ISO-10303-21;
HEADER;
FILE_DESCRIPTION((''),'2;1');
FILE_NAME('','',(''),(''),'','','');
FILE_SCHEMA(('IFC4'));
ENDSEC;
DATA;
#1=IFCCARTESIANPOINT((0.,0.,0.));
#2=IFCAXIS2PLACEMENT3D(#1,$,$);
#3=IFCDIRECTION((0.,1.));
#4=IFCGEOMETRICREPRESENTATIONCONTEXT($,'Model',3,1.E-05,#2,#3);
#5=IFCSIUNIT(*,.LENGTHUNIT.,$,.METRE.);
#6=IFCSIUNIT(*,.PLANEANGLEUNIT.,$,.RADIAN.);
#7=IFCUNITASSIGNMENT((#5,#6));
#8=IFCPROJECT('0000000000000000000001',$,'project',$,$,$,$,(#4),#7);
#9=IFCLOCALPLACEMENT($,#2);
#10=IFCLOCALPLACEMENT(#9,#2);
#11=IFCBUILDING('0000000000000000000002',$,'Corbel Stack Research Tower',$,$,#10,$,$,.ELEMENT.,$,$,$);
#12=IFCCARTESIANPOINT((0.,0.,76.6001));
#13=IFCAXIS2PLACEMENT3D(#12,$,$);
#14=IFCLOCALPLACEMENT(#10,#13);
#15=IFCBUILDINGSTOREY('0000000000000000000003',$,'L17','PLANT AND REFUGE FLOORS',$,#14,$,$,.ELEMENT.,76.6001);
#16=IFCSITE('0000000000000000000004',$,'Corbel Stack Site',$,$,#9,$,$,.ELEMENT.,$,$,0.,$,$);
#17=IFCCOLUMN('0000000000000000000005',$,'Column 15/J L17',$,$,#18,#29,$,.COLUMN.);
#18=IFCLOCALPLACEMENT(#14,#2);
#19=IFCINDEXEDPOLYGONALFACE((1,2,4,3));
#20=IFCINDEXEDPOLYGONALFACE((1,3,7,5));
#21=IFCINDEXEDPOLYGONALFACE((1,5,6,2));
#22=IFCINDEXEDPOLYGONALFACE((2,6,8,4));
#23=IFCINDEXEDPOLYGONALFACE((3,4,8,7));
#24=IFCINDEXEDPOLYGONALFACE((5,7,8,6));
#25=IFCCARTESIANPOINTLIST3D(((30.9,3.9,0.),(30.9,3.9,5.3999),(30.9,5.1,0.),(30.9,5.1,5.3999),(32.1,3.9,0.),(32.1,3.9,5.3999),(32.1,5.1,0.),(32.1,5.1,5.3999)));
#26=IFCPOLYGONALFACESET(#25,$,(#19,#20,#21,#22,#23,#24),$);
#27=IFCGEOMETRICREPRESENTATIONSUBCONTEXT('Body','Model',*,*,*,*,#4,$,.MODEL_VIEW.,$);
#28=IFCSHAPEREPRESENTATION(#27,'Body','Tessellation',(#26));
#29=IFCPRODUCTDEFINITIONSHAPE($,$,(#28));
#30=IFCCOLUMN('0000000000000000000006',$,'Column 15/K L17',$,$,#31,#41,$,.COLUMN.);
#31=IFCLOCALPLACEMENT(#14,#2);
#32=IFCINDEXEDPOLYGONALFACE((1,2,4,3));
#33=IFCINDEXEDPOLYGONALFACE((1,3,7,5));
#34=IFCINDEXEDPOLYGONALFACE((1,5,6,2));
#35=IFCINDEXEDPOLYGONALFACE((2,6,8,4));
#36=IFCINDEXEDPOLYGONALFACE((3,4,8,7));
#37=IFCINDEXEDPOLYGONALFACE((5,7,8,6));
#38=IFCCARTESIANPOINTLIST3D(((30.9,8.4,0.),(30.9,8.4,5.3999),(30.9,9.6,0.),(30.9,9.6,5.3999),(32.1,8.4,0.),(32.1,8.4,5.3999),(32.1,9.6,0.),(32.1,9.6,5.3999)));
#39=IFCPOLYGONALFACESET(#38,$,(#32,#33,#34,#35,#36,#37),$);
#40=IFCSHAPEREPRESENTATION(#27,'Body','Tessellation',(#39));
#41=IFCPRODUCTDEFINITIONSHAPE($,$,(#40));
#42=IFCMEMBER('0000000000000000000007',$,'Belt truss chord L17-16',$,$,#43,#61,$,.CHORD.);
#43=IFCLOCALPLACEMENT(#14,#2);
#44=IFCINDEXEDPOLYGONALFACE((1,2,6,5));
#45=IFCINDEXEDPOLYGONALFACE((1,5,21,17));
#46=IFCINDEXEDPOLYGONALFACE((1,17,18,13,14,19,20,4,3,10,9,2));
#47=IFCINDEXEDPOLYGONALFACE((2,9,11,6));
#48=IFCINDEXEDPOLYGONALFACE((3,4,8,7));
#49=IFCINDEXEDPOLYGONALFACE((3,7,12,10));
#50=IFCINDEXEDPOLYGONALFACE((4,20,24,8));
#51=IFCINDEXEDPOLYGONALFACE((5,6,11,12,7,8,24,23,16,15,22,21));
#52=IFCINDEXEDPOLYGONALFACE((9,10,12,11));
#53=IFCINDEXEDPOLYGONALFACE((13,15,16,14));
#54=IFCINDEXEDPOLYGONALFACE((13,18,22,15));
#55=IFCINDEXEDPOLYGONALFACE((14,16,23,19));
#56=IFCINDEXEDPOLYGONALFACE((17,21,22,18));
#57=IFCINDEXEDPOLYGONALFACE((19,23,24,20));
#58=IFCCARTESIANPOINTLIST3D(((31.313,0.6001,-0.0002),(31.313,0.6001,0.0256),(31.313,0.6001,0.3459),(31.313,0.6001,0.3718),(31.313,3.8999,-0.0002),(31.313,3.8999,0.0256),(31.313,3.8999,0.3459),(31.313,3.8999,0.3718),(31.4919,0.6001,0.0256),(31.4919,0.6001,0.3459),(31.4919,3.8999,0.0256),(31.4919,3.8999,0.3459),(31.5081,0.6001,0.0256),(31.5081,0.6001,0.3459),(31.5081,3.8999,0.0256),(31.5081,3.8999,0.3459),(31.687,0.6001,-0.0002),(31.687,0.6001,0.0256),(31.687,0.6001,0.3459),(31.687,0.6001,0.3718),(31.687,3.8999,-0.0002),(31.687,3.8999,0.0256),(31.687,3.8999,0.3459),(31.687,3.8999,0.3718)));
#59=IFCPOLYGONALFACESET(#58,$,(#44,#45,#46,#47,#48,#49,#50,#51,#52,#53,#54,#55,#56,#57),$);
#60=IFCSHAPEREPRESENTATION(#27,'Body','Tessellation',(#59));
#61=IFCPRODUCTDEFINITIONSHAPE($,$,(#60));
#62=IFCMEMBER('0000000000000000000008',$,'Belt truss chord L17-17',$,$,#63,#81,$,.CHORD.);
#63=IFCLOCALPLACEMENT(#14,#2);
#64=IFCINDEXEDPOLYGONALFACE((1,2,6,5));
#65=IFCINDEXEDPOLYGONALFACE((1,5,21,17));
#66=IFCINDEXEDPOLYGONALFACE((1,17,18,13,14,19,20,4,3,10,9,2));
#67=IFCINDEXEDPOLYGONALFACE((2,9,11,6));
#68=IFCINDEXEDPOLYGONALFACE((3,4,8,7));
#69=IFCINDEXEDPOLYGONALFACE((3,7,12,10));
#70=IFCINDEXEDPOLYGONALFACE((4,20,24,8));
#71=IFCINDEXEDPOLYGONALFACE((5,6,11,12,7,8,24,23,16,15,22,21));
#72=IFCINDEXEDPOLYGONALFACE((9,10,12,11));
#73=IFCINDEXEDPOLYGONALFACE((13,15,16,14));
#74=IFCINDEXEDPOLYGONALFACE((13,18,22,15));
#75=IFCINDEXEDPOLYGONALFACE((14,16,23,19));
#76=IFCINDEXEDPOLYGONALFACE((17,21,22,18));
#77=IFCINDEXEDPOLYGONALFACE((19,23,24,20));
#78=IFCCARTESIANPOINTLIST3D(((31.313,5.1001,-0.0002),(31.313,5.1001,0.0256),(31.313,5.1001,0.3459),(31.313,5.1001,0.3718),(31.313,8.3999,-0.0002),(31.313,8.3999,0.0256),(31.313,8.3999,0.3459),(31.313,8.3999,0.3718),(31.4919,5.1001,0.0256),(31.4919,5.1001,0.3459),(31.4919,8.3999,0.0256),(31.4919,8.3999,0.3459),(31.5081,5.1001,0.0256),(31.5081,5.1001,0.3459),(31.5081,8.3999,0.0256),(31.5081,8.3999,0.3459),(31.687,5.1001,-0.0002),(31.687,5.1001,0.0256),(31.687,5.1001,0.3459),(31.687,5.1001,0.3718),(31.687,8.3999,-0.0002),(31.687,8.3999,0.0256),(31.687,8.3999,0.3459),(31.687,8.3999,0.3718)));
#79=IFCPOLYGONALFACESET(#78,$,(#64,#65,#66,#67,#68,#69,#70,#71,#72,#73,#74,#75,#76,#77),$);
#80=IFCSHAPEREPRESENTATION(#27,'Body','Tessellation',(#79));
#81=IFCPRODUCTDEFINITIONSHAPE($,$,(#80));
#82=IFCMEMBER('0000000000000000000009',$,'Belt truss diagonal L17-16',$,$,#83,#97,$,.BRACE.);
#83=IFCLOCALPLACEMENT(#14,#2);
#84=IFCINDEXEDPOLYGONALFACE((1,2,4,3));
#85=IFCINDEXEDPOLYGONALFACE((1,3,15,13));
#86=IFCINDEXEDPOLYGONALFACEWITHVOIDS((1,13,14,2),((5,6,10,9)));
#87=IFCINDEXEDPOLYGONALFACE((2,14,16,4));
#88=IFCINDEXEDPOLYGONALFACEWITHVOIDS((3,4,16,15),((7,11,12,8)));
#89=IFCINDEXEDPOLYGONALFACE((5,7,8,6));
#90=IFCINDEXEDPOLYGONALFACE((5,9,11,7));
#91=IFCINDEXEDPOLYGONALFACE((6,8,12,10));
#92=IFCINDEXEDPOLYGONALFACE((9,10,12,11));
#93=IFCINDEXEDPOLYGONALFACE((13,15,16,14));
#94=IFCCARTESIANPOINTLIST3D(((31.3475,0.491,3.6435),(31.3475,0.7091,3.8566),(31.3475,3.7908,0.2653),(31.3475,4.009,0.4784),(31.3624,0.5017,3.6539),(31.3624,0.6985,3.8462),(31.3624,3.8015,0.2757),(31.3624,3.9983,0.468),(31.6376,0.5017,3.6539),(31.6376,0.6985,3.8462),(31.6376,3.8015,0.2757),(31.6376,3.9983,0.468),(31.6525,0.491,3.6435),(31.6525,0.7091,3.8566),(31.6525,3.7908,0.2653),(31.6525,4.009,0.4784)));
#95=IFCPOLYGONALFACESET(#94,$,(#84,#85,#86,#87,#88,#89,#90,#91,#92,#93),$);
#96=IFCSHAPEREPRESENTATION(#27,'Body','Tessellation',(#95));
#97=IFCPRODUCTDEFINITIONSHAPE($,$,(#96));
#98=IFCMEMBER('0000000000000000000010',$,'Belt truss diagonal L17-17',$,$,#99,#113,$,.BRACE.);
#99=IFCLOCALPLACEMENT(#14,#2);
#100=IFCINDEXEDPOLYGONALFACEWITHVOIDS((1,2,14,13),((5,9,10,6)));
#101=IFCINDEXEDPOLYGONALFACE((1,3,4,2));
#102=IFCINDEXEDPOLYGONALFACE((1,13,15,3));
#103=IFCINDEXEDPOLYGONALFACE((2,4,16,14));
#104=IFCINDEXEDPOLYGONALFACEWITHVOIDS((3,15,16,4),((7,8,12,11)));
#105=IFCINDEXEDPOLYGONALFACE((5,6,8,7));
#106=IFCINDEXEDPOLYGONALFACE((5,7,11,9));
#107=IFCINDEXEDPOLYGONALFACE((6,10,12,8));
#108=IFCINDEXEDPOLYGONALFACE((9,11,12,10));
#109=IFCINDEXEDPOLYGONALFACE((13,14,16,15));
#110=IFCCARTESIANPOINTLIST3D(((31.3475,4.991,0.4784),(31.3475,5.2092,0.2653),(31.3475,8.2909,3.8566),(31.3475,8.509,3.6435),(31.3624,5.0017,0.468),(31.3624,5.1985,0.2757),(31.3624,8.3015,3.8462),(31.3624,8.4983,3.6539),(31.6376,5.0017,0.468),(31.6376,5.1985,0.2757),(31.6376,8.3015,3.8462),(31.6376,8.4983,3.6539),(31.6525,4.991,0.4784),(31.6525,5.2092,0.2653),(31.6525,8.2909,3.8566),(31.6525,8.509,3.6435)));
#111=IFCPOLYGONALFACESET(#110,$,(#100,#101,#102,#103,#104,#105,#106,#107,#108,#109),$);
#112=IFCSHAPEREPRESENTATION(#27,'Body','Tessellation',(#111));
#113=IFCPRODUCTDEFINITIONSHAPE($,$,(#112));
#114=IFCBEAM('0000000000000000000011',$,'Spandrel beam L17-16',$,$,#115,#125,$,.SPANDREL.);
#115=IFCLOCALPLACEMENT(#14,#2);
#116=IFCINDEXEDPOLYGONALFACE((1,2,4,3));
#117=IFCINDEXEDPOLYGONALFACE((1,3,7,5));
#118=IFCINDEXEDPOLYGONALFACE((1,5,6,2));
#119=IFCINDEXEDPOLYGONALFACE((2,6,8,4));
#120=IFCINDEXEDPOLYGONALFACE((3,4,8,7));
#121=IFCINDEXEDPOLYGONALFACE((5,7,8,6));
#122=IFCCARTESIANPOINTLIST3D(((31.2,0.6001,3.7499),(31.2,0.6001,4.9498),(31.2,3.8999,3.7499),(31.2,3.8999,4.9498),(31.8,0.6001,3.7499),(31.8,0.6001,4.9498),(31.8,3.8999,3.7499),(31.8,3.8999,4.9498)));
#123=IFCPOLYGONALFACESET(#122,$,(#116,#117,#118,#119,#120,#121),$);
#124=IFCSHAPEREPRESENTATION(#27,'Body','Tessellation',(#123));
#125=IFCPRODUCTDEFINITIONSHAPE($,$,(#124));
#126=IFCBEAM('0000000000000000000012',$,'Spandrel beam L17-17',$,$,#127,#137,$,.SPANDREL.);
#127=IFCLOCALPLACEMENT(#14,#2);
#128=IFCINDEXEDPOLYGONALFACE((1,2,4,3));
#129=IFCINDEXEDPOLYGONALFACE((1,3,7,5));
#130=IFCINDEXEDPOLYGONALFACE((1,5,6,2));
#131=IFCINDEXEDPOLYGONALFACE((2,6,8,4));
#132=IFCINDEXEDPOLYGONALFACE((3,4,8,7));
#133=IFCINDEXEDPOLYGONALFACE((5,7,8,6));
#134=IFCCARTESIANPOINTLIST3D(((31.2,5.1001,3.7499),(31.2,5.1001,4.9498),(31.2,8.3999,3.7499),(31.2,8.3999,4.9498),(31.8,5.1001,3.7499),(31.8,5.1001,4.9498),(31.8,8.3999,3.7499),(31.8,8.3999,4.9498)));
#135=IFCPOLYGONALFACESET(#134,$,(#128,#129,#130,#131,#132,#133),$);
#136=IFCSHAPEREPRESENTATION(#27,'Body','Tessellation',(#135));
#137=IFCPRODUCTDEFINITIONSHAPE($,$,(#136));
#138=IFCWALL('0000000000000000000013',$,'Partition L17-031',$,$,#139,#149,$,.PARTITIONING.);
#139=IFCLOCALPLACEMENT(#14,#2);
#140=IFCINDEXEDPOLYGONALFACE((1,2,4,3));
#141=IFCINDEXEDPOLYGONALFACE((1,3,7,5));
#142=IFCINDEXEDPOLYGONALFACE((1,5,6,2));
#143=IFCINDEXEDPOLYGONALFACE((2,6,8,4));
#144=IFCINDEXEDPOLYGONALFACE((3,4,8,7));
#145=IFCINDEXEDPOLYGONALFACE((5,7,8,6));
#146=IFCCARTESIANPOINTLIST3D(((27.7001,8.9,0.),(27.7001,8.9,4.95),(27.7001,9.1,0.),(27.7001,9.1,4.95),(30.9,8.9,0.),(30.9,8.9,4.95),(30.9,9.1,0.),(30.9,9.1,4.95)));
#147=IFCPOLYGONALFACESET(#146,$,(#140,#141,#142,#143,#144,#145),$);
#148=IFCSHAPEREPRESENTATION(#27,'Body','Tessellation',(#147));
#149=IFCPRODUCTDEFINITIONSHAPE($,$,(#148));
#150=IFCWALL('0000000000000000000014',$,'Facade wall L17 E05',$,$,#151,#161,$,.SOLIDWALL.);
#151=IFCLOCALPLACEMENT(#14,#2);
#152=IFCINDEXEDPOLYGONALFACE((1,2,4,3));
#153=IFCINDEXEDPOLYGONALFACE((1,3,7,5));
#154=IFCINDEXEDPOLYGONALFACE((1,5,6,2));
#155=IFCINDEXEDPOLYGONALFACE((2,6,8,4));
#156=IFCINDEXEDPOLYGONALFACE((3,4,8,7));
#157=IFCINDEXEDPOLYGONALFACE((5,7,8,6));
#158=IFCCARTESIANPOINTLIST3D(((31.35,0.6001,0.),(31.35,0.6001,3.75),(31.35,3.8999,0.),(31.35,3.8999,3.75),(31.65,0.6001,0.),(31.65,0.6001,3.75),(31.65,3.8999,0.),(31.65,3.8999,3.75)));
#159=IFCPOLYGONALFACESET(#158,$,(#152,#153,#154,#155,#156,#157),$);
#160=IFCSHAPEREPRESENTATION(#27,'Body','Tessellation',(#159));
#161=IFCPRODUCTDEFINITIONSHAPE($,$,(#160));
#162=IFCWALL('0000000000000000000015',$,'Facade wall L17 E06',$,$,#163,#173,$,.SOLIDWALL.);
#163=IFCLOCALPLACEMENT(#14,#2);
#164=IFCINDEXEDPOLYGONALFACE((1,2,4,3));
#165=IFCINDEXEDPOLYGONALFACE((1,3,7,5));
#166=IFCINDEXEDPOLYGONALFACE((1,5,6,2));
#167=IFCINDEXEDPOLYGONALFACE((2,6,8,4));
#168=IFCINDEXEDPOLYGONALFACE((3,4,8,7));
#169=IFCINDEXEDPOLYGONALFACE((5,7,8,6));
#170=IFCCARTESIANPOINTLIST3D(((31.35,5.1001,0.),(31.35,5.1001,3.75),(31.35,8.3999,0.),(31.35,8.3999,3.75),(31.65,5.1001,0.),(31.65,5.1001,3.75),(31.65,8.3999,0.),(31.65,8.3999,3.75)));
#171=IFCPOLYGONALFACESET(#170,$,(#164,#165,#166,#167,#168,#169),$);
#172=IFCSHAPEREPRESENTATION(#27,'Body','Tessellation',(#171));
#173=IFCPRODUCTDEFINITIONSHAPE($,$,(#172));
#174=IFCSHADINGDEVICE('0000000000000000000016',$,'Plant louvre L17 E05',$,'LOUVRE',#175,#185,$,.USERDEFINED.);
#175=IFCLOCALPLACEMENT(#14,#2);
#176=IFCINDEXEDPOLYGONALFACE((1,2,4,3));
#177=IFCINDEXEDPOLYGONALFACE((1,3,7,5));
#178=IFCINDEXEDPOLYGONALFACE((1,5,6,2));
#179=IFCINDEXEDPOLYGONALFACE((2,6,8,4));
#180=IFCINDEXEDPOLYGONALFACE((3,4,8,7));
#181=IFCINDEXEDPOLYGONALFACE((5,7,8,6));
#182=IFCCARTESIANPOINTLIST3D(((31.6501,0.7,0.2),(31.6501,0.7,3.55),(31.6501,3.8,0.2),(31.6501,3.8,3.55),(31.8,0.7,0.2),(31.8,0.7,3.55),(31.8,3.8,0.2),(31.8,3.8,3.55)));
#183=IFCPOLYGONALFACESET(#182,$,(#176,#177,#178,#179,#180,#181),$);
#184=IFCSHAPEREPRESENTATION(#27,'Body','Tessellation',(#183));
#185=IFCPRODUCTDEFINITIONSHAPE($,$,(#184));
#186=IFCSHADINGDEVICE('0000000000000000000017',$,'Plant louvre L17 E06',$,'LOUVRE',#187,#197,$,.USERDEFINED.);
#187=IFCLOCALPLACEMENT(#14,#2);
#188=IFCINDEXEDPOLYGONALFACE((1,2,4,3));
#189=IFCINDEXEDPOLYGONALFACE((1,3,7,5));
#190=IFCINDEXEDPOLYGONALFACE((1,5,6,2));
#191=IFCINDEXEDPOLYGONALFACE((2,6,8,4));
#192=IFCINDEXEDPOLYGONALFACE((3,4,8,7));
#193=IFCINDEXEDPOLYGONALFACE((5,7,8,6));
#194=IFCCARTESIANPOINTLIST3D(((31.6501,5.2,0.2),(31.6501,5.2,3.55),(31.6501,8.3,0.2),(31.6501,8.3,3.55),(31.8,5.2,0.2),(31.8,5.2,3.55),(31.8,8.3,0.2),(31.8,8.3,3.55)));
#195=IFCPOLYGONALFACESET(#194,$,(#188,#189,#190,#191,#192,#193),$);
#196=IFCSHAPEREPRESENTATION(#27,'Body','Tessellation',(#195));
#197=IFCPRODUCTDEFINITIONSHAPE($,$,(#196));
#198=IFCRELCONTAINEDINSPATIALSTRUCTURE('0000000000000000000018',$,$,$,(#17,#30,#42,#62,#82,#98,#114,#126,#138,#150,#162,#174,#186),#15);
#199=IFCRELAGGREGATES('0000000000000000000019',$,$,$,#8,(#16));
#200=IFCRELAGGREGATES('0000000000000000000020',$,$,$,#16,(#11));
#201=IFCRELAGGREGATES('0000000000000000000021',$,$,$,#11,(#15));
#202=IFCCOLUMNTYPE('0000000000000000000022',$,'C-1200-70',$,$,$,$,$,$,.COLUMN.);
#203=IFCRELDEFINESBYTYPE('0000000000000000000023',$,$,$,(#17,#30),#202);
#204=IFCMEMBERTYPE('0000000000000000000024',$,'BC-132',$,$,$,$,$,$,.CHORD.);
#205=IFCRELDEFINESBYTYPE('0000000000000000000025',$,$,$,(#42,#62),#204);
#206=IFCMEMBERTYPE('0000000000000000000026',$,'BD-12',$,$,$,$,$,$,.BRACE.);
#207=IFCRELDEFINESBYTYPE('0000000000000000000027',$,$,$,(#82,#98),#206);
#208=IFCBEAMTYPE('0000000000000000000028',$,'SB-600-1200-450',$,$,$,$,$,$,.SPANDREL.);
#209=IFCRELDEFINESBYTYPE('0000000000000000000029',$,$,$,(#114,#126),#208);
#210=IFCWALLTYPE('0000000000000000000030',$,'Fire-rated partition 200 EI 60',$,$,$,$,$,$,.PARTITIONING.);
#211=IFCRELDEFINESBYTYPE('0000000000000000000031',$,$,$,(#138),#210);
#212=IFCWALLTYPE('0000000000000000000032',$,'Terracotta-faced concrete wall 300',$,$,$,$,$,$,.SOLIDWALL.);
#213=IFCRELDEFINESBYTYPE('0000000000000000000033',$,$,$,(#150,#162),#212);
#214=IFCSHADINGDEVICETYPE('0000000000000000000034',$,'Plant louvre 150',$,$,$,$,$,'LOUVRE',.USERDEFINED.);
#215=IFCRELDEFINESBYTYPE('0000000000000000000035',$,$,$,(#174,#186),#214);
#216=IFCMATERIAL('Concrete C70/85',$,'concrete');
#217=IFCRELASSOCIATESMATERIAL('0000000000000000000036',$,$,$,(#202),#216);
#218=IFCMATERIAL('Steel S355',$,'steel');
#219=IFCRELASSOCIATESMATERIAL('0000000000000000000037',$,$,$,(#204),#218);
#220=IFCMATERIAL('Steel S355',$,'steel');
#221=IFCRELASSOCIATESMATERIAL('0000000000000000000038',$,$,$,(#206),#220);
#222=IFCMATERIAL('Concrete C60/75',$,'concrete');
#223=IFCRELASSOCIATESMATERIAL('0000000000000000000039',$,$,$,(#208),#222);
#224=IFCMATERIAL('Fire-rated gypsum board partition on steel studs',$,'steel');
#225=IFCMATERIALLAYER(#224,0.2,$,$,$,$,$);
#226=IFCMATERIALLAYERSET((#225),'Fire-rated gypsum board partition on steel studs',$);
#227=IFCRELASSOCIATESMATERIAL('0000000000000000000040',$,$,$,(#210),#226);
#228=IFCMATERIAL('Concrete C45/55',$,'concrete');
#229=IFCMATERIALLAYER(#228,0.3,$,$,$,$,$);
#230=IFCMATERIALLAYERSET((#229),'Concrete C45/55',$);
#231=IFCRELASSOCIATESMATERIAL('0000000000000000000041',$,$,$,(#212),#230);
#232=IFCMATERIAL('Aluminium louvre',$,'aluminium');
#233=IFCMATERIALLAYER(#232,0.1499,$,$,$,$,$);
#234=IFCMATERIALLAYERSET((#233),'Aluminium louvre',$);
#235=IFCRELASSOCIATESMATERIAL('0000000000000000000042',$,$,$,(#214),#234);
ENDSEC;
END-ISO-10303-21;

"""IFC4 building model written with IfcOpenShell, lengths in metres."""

from ifc_helpers import new_model, si_unit, direction, frame, frame_2d, origin, origin_2d, place, context, subcontext, project, spatial, rectangle, hollow_rectangle, i_section, extrude, material, layer, layer_set, material_profile, profile_set, type_object, element, save


model = new_model("IFC4")

# Units and contexts
model_context = context("Model", 3, precision=1e-05, world=origin(), true_north=direction((0.0, 1.0)))
body_context = subcontext(model_context, "Body", "Model", "MODEL_VIEW")
ifc_project = project(units=[si_unit("LENGTHUNIT", "METRE"), si_unit("PLANEANGLEUNIT", "RADIAN")], contexts=[model_context])

# Site, building, storey
site_placement = place(None, origin())
site = spatial("IfcSite", under=ifc_project, at=site_placement, Name="Corbel Stack Site", CompositionType="ELEMENT", RefElevation=0.0)
building_placement = place(site_placement, origin())
building = spatial("IfcBuilding", under=site, at=building_placement, Name="Corbel Stack Research Tower", CompositionType="ELEMENT")
storey_placement = place(building_placement, frame((0.0, 0.0, 76.6001)))
storey = spatial("IfcBuildingStorey", under=building, at=storey_placement, Name="L17", Description="PLANT AND REFUGE FLOORS", CompositionType="ELEMENT", Elevation=76.6001)

# Columns
ifc_material_1 = material(Name="Concrete C70/85", Category="concrete")
ifc_material_profile_1 = material_profile(ifc_material_1, rectangle(XDim=1.2, YDim=1.2, at=origin_2d()), Name="RC 1200 x 1200")
ifc_profile_set_1 = profile_set([ifc_material_profile_1], Name="Concrete C70/85")
column_type = type_object("IfcColumnType", Name="C-1200-70", PredefinedType="COLUMN", material=ifc_profile_set_1)
for number, where, z_axis, x_axis, name in (
    (1, (31.5, 4.5, 0.0), (0.0, 0.0, 1.0), (1.0, 0.0, 0.0), "Column 15/J L17"),
    (2, (31.5, 9.0, 0.0), (0.0, 0.0, 1.0), (1.0, 0.0, 0.0), "Column 15/K L17"),
):
    element("IfcColumn", number, at=place(storey_placement, frame(where, z_axis=z_axis, x_axis=x_axis)), inside=storey, type_object=column_type, Name=name, PredefinedType="COLUMN", context=body_context, shape_type="SweptSolid", body=[
        extrude(rectangle(XDim=1.2, YDim=1.2, at=origin_2d()), origin(), (0.0, 0.0, 1.0), 5.3999),
    ])

# Members
ifc_material_2 = material(Name="Steel S355", Category="steel")
ifc_material_profile_2 = material_profile(ifc_material_2, i_section(OverallWidth=0.374, OverallDepth=0.3721, WebThickness=0.0161, FlangeThickness=0.0259, at=origin_2d()), Name="W14x132")
ifc_profile_set_2 = profile_set([ifc_material_profile_2], Name="Steel S355")
member_type_1 = type_object("IfcMemberType", Name="BC-132", PredefinedType="CHORD", material=ifc_profile_set_2)
for number, where, z_axis, x_axis, name in (
    (3, (31.5, 0.6001, 0.1858), (0.0, 1.0, 0.0), (-1.0, 0.0, 0.0), "Belt truss chord L17-16"),
    (4, (31.5, 5.1001, 0.1858), (0.0, 1.0, 0.0), (-1.0, 0.0, 0.0), "Belt truss chord L17-17"),
):
    element("IfcMember", number, at=place(storey_placement, frame(where, z_axis=z_axis, x_axis=x_axis)), inside=storey, type_object=member_type_1, Name=name, PredefinedType="CHORD", context=body_context, shape_type="SweptSolid", body=[
        extrude(i_section(OverallWidth=0.374, OverallDepth=0.3721, WebThickness=0.0161, FlangeThickness=0.0259, at=origin_2d()), origin(), (0.0, 0.0, 1.0), 3.2998),
    ])
ifc_material_3 = material(Name="Steel S355", Category="steel")
ifc_material_profile_3 = material_profile(ifc_material_3, hollow_rectangle(XDim=0.3049, YDim=0.3049, WallThickness=0.0149, at=origin_2d()), Name="HSS12x12x5/8")
ifc_profile_set_3 = profile_set([ifc_material_profile_3], Name="Steel S355")
member_type_2 = type_object("IfcMemberType", Name="BD-12", PredefinedType="BRACE", material=ifc_profile_set_3)
for number, where, z_axis, x_axis, name in (
    (5, (31.5, 3.8999, 0.3718), (0.0, -0.69876, 0.715356), (1.0, 0.0, 0.0), "Belt truss diagonal L17-16"),
    (6, (31.5, 5.1001, 0.3718), (0.0, 0.69876, 0.715356), (-1.0, 0.0, 0.0), "Belt truss diagonal L17-17"),
):
    element("IfcMember", number, at=place(storey_placement, frame(where, z_axis=z_axis, x_axis=x_axis)), inside=storey, type_object=member_type_2, Name=name, PredefinedType="BRACE", context=body_context, shape_type="SweptSolid", body=[
        extrude(hollow_rectangle(XDim=0.3049, YDim=0.3049, WallThickness=0.0149, at=origin_2d()), origin(), (0.0, 0.0, 1.0), 4.7224),
    ])

# Beams
ifc_material_4 = material(Name="Concrete C60/75", Category="concrete")
ifc_material_profile_4 = material_profile(ifc_material_4, rectangle(XDim=0.6001, YDim=1.2, at=origin_2d()), Name="RC 600 x 1200")
ifc_profile_set_4 = profile_set([ifc_material_profile_4], Name="Concrete C60/75")
beam_type = type_object("IfcBeamType", Name="SB-600-1200-450", PredefinedType="SPANDREL", material=ifc_profile_set_4)
for number, where, z_axis, x_axis, name in (
    (7, (31.5, 0.6001, 4.3499), (0.0, 1.0, 0.0), (-1.0, 0.0, 0.0), "Spandrel beam L17-16"),
    (8, (31.5, 5.1001, 4.3499), (0.0, 1.0, 0.0), (-1.0, 0.0, 0.0), "Spandrel beam L17-17"),
):
    element("IfcBeam", number, at=place(storey_placement, frame(where, z_axis=z_axis, x_axis=x_axis)), inside=storey, type_object=beam_type, Name=name, PredefinedType="SPANDREL", context=body_context, shape_type="SweptSolid", body=[
        extrude(rectangle(XDim=0.6001, YDim=1.2, at=origin_2d()), origin(), (0.0, 0.0, 1.0), 3.2998),
    ])

# Walls
ifc_material_5 = material(Name="Fire-rated gypsum board partition on steel studs", Category="steel")
ifc_layer_1 = layer(ifc_material_5, 0.2)
ifc_layer_set_1 = layer_set([ifc_layer_1], Name="Fire-rated gypsum board partition on steel studs")
wall_type_1 = type_object("IfcWallType", Name="Fire-rated partition 200 EI 60", PredefinedType="PARTITIONING", material=ifc_layer_set_1)
wall_placement = place(storey_placement, frame((27.7, 9.0, 0.0), z_axis=(0.0, 0.0, 1.0), x_axis=(1.0, 0.0, 0.0)))
element("IfcWall", 9, at=wall_placement, inside=storey, type_object=wall_type_1, Name="Partition L17-031", PredefinedType="PARTITIONING", context=body_context, shape_type="SweptSolid", body=[
    extrude(rectangle(XDim=3.2, YDim=0.2, at=frame_2d((1.6001, 0.0))), origin(), (0.0, 0.0, 1.0), 4.95),
])
ifc_material_6 = material(Name="Concrete C45/55", Category="concrete")
ifc_layer_2 = layer(ifc_material_6, 0.3)
ifc_layer_set_2 = layer_set([ifc_layer_2], Name="Concrete C45/55")
wall_type_2 = type_object("IfcWallType", Name="Terracotta-faced concrete wall 300", PredefinedType="SOLIDWALL", material=ifc_layer_set_2)
for number, where, z_axis, x_axis, name in (
    (10, (31.5, 3.8999, 0.0), (0.0, 0.0, 1.0), (0.0, -1.0, 0.0), "Facade wall L17 E05"),
    (11, (31.5, 8.3999, 0.0), (0.0, 0.0, 1.0), (0.0, -1.0, 0.0), "Facade wall L17 E06"),
):
    element("IfcWall", number, at=place(storey_placement, frame(where, z_axis=z_axis, x_axis=x_axis)), inside=storey, type_object=wall_type_2, Name=name, PredefinedType="SOLIDWALL", context=body_context, shape_type="SweptSolid", body=[
        extrude(rectangle(XDim=3.2998, YDim=0.3, at=frame_2d((1.6499, 0.0))), origin(), (0.0, 0.0, 1.0), 3.75),
    ])

# Shading devices
ifc_material_7 = material(Name="Aluminium louvre", Category="aluminium")
ifc_layer_3 = layer(ifc_material_7, 0.1499)
ifc_layer_set_3 = layer_set([ifc_layer_3], Name="Aluminium louvre")
shading_device_type = type_object("IfcShadingDeviceType", Name="Plant louvre 150", ElementType="LOUVRE", PredefinedType="USERDEFINED", material=ifc_layer_set_3)
for number, where, z_axis, x_axis, name in (
    (12, (31.7251, 2.25, 0.2), (0.0, 0.0, 1.0), (0.0, 1.0, 0.0), "Plant louvre L17 E05"),
    (13, (31.7251, 6.75, 0.2), (0.0, 0.0, 1.0), (0.0, 1.0, 0.0), "Plant louvre L17 E06"),
):
    element("IfcShadingDevice", number, at=place(storey_placement, frame(where, z_axis=z_axis, x_axis=x_axis)), inside=storey, type_object=shading_device_type, Name=name, ObjectType="LOUVRE", PredefinedType="USERDEFINED", context=body_context, shape_type="SweptSolid", body=[
        extrude(rectangle(XDim=3.1001, YDim=0.1499, at=origin_2d()), origin(), (0.0, 0.0, 1.0), 3.3501),
    ])

save(model, "model.ifc")
